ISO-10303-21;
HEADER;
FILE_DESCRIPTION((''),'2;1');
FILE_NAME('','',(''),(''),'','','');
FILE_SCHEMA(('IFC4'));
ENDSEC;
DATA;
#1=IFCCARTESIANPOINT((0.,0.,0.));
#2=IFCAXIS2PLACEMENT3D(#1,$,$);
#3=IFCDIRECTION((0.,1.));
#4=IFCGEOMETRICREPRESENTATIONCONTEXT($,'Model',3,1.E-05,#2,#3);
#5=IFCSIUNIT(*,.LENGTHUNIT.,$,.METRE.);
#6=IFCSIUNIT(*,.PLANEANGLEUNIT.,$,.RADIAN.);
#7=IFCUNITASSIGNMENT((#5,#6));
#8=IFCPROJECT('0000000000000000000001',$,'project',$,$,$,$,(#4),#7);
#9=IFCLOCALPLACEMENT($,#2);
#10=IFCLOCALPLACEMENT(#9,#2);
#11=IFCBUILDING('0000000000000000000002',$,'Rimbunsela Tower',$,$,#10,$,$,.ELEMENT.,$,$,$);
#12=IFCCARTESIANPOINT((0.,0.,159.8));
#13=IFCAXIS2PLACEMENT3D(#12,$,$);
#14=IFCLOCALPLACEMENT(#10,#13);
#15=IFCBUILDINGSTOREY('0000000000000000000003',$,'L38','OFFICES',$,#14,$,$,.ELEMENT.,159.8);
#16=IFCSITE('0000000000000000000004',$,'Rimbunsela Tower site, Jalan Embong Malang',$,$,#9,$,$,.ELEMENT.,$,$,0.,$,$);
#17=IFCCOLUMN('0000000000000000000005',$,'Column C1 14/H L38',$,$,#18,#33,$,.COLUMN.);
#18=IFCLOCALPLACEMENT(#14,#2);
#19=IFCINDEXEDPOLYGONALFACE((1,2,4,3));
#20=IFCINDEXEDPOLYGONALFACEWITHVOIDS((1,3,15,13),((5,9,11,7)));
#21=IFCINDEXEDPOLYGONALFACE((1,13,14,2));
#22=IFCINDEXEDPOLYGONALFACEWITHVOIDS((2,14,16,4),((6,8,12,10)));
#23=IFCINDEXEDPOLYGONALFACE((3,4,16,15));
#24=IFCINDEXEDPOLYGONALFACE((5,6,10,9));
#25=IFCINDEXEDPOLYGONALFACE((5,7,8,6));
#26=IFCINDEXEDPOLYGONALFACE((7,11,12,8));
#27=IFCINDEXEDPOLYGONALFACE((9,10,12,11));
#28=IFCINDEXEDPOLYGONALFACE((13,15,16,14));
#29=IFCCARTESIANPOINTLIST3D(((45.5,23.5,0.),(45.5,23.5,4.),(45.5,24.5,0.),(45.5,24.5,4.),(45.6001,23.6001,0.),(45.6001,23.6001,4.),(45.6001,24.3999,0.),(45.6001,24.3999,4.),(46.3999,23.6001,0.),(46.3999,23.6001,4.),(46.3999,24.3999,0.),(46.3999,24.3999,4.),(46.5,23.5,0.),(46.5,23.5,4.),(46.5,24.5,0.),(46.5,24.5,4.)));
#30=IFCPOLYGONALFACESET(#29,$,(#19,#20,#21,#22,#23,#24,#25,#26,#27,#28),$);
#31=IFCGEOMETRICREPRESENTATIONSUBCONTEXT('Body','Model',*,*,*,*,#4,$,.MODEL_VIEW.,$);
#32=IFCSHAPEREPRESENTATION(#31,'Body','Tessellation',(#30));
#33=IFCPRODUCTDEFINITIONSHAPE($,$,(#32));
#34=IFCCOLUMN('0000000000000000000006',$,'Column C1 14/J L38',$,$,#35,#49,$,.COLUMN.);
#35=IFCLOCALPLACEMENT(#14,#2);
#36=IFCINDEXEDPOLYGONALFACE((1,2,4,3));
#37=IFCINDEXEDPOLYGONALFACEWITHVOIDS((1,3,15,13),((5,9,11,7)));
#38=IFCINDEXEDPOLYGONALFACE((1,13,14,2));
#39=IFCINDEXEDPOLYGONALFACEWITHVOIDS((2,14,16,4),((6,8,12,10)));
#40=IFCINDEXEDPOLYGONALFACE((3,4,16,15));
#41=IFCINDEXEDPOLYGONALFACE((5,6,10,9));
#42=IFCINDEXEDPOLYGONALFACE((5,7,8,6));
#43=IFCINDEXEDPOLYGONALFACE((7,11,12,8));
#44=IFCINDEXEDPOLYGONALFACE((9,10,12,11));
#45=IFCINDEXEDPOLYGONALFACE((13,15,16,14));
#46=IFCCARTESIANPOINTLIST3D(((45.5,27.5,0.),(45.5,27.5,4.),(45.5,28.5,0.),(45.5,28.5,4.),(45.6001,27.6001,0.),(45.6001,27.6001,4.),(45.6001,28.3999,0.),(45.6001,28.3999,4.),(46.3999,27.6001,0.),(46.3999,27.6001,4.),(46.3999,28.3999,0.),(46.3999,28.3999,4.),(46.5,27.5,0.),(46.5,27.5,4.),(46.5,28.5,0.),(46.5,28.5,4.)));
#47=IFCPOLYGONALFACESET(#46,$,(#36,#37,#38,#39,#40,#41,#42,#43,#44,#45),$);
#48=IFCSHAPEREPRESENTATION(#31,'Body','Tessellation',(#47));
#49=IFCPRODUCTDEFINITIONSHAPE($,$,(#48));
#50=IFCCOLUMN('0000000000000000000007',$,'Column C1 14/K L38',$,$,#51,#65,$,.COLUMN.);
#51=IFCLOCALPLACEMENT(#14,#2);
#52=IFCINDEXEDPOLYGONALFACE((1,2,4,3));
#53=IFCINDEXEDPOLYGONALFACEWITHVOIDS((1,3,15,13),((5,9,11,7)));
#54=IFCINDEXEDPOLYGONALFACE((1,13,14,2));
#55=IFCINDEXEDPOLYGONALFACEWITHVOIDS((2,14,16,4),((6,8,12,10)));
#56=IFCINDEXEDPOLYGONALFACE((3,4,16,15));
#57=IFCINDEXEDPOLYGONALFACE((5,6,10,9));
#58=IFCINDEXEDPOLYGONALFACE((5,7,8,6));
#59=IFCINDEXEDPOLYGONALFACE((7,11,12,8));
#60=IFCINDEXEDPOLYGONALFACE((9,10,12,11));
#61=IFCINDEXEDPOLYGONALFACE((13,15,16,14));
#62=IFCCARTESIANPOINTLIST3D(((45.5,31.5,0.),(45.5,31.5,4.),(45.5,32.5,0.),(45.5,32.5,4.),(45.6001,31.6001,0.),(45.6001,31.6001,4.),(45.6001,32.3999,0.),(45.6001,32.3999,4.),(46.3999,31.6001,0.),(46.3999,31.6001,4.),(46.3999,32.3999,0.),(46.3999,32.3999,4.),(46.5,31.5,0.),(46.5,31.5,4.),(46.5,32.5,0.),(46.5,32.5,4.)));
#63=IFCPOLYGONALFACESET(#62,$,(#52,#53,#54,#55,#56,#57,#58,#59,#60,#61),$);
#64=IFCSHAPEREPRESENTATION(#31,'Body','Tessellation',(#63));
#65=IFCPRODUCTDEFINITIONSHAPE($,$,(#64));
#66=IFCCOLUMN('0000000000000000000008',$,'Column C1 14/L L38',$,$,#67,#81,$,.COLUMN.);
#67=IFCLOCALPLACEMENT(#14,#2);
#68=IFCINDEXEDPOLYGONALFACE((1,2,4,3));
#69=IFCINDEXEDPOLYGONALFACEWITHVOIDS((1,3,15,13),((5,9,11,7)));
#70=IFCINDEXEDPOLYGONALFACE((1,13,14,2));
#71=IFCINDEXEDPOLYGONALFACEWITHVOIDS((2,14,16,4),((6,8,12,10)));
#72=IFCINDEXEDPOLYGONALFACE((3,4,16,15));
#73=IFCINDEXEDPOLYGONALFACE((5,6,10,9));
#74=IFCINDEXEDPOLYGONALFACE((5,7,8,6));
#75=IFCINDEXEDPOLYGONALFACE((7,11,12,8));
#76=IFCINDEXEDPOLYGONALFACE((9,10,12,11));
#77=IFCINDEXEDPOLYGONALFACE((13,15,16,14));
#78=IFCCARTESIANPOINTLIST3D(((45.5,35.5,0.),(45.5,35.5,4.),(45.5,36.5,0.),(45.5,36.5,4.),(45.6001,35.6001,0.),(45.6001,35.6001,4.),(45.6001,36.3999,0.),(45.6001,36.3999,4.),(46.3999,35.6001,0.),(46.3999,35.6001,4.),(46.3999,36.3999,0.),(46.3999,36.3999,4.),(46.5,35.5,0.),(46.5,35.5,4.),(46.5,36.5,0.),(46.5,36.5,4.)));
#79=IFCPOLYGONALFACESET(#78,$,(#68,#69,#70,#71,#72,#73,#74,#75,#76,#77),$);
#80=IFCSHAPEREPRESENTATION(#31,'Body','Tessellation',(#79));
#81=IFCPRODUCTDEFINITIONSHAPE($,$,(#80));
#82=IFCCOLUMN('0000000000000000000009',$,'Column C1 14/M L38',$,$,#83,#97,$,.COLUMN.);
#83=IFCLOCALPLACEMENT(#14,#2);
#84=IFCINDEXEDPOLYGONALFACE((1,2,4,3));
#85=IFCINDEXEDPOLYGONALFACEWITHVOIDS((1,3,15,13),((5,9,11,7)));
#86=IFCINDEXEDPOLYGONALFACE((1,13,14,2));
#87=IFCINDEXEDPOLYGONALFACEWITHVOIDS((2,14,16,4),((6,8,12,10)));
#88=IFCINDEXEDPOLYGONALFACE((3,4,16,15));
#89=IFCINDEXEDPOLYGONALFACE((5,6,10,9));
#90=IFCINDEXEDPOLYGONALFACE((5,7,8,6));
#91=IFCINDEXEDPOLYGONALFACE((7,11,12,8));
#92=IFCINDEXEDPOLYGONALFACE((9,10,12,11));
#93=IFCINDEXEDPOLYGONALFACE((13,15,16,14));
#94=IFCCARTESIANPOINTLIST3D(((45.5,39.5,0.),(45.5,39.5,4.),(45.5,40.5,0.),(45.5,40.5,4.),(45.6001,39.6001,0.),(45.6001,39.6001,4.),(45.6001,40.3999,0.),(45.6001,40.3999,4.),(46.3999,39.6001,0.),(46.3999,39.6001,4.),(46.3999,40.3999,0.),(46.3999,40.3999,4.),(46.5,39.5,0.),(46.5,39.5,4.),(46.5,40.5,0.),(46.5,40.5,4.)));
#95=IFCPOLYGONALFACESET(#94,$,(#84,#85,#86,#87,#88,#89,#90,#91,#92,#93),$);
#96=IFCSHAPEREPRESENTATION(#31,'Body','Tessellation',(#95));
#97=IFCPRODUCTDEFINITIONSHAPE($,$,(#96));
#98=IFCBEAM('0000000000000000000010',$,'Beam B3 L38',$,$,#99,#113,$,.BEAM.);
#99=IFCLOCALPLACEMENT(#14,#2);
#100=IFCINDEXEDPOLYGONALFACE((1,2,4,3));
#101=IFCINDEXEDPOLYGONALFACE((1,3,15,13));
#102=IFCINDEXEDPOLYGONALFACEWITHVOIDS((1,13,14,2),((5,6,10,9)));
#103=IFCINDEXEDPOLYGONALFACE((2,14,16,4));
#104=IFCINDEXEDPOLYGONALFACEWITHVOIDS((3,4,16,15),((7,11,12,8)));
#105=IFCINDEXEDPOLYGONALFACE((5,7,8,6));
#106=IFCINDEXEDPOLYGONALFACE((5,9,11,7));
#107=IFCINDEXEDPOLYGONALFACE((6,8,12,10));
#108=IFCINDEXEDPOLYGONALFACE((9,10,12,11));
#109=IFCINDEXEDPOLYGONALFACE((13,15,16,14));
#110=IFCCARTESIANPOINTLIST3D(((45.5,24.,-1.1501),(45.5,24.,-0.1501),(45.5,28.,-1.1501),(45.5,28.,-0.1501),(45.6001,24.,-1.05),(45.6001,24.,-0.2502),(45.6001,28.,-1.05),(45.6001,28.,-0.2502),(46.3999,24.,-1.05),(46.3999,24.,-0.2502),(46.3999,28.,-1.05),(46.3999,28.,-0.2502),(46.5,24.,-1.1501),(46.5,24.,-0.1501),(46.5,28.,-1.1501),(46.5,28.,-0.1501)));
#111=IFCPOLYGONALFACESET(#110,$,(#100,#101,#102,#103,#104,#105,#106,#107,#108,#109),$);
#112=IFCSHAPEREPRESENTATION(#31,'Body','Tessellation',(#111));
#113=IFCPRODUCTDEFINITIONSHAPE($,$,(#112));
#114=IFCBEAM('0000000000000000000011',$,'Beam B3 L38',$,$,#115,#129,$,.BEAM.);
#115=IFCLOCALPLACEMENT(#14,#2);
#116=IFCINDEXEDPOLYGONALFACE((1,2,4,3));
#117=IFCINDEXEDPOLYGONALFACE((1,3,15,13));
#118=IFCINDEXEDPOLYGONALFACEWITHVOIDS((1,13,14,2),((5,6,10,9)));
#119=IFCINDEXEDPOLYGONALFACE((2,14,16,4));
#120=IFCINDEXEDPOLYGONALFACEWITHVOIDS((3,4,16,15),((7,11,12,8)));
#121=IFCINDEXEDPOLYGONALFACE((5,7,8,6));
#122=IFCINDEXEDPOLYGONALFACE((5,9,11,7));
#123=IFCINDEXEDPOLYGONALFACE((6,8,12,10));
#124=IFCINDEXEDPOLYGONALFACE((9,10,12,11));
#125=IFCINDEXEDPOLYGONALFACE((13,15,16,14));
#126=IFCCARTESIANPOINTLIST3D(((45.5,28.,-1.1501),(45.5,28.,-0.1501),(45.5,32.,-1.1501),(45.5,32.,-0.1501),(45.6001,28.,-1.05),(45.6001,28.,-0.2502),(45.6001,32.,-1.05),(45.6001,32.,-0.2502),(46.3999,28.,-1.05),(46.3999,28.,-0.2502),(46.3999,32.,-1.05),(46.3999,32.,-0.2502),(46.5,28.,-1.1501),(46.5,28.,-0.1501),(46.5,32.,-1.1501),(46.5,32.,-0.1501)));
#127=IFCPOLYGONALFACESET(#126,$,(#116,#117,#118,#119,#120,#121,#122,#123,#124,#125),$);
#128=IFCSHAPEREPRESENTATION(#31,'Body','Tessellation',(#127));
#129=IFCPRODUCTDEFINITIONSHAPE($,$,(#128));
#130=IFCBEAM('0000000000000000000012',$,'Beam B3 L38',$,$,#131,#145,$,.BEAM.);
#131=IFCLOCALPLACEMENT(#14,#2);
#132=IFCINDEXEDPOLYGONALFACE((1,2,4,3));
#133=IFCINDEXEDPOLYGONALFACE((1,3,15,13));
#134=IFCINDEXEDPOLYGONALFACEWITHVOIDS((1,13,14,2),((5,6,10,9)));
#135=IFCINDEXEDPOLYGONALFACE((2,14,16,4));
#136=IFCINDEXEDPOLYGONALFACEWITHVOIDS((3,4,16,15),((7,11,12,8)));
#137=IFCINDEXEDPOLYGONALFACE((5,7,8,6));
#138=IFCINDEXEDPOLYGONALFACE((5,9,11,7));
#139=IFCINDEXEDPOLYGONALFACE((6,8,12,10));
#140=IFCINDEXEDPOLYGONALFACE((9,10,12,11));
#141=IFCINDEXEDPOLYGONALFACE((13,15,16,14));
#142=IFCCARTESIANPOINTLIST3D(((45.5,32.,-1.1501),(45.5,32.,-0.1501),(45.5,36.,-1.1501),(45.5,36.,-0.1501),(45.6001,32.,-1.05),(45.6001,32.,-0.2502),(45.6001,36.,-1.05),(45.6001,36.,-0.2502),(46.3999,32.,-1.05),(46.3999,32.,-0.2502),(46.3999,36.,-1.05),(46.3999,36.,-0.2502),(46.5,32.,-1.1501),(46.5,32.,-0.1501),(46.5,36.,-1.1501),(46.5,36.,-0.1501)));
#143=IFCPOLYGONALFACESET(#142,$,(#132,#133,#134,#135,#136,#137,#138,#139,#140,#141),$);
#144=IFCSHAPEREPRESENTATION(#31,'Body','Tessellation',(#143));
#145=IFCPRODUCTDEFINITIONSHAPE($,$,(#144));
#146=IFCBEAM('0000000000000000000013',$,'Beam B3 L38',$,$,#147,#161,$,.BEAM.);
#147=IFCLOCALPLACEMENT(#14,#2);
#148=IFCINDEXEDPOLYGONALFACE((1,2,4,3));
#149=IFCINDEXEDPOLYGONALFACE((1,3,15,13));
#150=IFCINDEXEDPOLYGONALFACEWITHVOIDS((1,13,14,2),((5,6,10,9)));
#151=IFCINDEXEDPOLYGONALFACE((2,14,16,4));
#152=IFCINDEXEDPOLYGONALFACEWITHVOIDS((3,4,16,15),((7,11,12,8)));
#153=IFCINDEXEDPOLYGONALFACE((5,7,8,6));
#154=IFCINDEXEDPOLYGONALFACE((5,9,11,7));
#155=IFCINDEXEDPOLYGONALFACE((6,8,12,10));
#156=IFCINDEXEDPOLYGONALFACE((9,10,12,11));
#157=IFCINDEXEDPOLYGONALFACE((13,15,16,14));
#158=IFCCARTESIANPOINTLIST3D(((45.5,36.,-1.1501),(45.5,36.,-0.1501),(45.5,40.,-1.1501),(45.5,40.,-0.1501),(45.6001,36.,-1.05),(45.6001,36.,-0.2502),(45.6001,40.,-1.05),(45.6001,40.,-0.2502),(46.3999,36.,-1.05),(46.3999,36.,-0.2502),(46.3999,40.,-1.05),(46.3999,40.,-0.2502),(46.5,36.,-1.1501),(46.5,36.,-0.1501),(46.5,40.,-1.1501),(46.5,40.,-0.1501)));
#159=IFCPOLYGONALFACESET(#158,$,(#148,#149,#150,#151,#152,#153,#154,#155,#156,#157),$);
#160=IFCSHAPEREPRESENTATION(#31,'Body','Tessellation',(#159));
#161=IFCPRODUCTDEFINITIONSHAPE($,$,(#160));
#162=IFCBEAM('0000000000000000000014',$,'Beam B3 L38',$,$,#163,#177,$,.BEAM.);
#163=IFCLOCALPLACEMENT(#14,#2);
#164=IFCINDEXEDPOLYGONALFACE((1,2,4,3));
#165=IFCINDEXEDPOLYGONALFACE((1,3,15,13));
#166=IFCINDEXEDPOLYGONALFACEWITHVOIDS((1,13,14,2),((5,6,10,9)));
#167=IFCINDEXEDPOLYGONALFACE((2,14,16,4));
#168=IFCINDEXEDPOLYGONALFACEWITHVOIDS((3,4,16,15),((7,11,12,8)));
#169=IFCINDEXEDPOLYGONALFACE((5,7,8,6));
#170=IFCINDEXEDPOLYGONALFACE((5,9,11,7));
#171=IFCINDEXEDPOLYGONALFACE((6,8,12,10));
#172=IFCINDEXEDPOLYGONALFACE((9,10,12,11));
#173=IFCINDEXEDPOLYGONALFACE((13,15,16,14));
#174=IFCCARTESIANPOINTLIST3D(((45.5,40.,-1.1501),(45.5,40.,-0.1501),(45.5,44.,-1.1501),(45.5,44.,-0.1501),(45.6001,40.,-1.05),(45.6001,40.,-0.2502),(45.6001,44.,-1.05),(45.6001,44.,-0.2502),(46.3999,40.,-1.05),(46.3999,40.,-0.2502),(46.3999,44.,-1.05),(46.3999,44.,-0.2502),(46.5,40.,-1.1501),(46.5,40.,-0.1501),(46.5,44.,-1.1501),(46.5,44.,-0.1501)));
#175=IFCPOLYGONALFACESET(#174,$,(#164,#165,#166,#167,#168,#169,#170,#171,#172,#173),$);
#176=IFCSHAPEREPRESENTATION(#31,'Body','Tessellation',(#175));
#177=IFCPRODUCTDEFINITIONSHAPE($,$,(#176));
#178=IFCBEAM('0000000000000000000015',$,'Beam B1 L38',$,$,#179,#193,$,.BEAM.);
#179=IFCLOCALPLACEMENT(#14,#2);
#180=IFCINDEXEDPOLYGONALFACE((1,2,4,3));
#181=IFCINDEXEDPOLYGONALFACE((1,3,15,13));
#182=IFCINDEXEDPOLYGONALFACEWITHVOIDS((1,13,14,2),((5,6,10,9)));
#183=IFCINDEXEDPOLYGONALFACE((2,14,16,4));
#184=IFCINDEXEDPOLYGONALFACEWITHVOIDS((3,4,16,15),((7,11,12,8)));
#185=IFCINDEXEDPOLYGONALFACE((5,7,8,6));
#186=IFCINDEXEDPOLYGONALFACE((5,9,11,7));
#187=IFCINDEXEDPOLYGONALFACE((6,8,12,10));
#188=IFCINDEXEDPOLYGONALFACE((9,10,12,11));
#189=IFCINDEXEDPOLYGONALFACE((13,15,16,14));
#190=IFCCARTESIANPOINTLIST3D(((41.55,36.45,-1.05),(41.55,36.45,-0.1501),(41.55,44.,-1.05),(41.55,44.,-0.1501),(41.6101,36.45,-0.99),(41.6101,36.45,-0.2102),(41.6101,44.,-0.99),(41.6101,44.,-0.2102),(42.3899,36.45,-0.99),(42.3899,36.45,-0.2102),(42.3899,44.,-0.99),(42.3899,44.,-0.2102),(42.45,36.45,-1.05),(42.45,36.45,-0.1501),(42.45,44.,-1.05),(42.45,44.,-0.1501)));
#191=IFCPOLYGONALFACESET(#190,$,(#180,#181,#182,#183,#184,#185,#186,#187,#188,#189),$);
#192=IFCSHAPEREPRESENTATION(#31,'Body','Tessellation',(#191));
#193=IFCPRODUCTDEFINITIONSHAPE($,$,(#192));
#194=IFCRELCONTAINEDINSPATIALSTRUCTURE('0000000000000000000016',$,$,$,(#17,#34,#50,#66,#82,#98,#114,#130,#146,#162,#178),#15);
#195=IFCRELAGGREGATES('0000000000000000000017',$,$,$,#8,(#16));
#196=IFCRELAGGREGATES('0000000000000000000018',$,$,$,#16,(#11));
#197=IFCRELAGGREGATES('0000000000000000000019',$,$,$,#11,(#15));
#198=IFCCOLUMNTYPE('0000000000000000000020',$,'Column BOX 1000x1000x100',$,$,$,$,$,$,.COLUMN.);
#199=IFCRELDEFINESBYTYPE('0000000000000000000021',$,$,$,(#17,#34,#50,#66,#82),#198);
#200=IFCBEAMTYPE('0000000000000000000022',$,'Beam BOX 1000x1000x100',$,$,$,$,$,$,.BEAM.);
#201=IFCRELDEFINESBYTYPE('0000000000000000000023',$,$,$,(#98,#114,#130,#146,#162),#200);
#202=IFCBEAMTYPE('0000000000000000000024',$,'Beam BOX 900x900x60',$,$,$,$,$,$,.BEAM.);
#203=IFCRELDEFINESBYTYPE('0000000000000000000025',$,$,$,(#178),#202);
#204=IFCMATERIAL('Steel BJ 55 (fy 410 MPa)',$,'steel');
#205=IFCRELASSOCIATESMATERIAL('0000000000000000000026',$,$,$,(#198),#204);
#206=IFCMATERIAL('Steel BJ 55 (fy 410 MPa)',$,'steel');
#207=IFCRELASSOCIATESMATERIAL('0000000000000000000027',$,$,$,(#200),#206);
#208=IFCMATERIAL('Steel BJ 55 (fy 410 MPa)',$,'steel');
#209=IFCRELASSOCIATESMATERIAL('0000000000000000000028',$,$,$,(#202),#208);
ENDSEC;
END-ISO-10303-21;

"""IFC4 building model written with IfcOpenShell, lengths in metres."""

from ifc_helpers import new_model, si_unit, direction, frame, origin, origin_2d, place, context, subcontext, project, spatial, hollow_rectangle, extrude, material, material_profile, profile_set, type_object, element, save


model = new_model("IFC4")

# Units and contexts
model_context = context("Model", 3, precision=1e-05, world=origin(), true_north=direction((0.0, 1.0)))
body_context = subcontext(model_context, "Body", "Model", "MODEL_VIEW")
ifc_project = project(units=[si_unit("LENGTHUNIT", "METRE"), si_unit("PLANEANGLEUNIT", "RADIAN")], contexts=[model_context])

# Site, building, storey
site_placement = place(None, origin())
site = spatial("IfcSite", under=ifc_project, at=site_placement, Name="Rimbunsela Tower site, Jalan Embong Malang", CompositionType="ELEMENT", RefElevation=0.0)
building_placement = place(site_placement, origin())
building = spatial("IfcBuilding", under=site, at=building_placement, Name="Rimbunsela Tower", CompositionType="ELEMENT")
storey_placement = place(building_placement, frame((0.0, 0.0, 159.8)))
storey = spatial("IfcBuildingStorey", under=building, at=storey_placement, Name="L38", Description="OFFICES", CompositionType="ELEMENT", Elevation=159.8)

# Columns
ifc_material_1 = material(Name="Steel BJ 55 (fy 410 MPa)", Category="steel")
ifc_material_profile_1 = material_profile(ifc_material_1, hollow_rectangle(XDim=1.0, YDim=1.0, WallThickness=0.1001, at=origin_2d()), Name="BOX 1000x1000x100")
ifc_profile_set_1 = profile_set([ifc_material_profile_1], Name="Steel BJ 55 (fy 410 MPa)")
column_type = type_object("IfcColumnType", Name="Column BOX 1000x1000x100", PredefinedType="COLUMN", material=ifc_profile_set_1)
for number, where, z_axis, x_axis, name in (
    (1, (46.0, 24.0, 0.0), (0.0, 0.0, 1.0), (1.0, 0.0, 0.0), "Column C1 14/H L38"),
    (2, (46.0, 28.0, 0.0), (0.0, 0.0, 1.0), (1.0, 0.0, 0.0), "Column C1 14/J L38"),
    (3, (46.0, 32.0, 0.0), (0.0, 0.0, 1.0), (1.0, 0.0, 0.0), "Column C1 14/K L38"),
    (4, (46.0, 36.0, 0.0), (0.0, 0.0, 1.0), (1.0, 0.0, 0.0), "Column C1 14/L L38"),
    (5, (46.0, 40.0, 0.0), (0.0, 0.0, 1.0), (1.0, 0.0, 0.0), "Column C1 14/M L38"),
):
    element("IfcColumn", number, at=place(storey_placement, frame(where, z_axis=z_axis, x_axis=x_axis)), inside=storey, type_object=column_type, Name=name, PredefinedType="COLUMN", context=body_context, shape_type="SweptSolid", body=[
        extrude(hollow_rectangle(XDim=1.0, YDim=1.0, WallThickness=0.1001, at=origin_2d()), origin(), (0.0, 0.0, 1.0), 4.0),
    ])

# Beams
ifc_material_2 = material(Name="Steel BJ 55 (fy 410 MPa)", Category="steel")
ifc_material_profile_2 = material_profile(ifc_material_2, hollow_rectangle(XDim=1.0, YDim=1.0, WallThickness=0.1001, at=origin_2d()), Name="BOX 1000x1000x100")
ifc_profile_set_2 = profile_set([ifc_material_profile_2], Name="Steel BJ 55 (fy 410 MPa)")
beam_type_1 = type_object("IfcBeamType", Name="Beam BOX 1000x1000x100", PredefinedType="BEAM", material=ifc_profile_set_2)
for number, where, z_axis, x_axis, name in (
    (6, (46.0, 24.0, -0.6501), (0.0, 1.0, 0.0), (-1.0, 0.0, 0.0), "Beam B3 L38"),
    (7, (46.0, 28.0, -0.6501), (0.0, 1.0, 0.0), (-1.0, 0.0, 0.0), "Beam B3 L38"),
    (8, (46.0, 32.0, -0.6501), (0.0, 1.0, 0.0), (-1.0, 0.0, 0.0), "Beam B3 L38"),
    (9, (46.0, 36.0, -0.6501), (0.0, 1.0, 0.0), (-1.0, 0.0, 0.0), "Beam B3 L38"),
    (10, (46.0, 40.0, -0.6501), (0.0, 1.0, 0.0), (-1.0, 0.0, 0.0), "Beam B3 L38"),
):
    element("IfcBeam", number, at=place(storey_placement, frame(where, z_axis=z_axis, x_axis=x_axis)), inside=storey, type_object=beam_type_1, Name=name, PredefinedType="BEAM", context=body_context, shape_type="SweptSolid", body=[
        extrude(hollow_rectangle(XDim=1.0, YDim=1.0, WallThickness=0.1001, at=origin_2d()), origin(), (0.0, 0.0, 1.0), 4.0),
    ])
ifc_material_3 = material(Name="Steel BJ 55 (fy 410 MPa)", Category="steel")
ifc_material_profile_3 = material_profile(ifc_material_3, hollow_rectangle(XDim=0.8999, YDim=0.8999, WallThickness=0.0601, at=origin_2d()), Name="BOX 900x900x60")
ifc_profile_set_3 = profile_set([ifc_material_profile_3], Name="Steel BJ 55 (fy 410 MPa)")
beam_type_2 = type_object("IfcBeamType", Name="Beam BOX 900x900x60", PredefinedType="BEAM", material=ifc_profile_set_3)
beam_placement = place(storey_placement, frame((42.0, 36.45, -0.6001), z_axis=(0.0, 1.0, 0.0), x_axis=(-1.0, 0.0, 0.0)))
element("IfcBeam", 11, at=beam_placement, inside=storey, type_object=beam_type_2, Name="Beam B1 L38", PredefinedType="BEAM", context=body_context, shape_type="SweptSolid", body=[
    extrude(hollow_rectangle(XDim=0.8999, YDim=0.8999, WallThickness=0.0601, at=origin_2d()), origin(), (0.0, 0.0, 1.0), 7.55),
])

save(model, "model.ifc")
